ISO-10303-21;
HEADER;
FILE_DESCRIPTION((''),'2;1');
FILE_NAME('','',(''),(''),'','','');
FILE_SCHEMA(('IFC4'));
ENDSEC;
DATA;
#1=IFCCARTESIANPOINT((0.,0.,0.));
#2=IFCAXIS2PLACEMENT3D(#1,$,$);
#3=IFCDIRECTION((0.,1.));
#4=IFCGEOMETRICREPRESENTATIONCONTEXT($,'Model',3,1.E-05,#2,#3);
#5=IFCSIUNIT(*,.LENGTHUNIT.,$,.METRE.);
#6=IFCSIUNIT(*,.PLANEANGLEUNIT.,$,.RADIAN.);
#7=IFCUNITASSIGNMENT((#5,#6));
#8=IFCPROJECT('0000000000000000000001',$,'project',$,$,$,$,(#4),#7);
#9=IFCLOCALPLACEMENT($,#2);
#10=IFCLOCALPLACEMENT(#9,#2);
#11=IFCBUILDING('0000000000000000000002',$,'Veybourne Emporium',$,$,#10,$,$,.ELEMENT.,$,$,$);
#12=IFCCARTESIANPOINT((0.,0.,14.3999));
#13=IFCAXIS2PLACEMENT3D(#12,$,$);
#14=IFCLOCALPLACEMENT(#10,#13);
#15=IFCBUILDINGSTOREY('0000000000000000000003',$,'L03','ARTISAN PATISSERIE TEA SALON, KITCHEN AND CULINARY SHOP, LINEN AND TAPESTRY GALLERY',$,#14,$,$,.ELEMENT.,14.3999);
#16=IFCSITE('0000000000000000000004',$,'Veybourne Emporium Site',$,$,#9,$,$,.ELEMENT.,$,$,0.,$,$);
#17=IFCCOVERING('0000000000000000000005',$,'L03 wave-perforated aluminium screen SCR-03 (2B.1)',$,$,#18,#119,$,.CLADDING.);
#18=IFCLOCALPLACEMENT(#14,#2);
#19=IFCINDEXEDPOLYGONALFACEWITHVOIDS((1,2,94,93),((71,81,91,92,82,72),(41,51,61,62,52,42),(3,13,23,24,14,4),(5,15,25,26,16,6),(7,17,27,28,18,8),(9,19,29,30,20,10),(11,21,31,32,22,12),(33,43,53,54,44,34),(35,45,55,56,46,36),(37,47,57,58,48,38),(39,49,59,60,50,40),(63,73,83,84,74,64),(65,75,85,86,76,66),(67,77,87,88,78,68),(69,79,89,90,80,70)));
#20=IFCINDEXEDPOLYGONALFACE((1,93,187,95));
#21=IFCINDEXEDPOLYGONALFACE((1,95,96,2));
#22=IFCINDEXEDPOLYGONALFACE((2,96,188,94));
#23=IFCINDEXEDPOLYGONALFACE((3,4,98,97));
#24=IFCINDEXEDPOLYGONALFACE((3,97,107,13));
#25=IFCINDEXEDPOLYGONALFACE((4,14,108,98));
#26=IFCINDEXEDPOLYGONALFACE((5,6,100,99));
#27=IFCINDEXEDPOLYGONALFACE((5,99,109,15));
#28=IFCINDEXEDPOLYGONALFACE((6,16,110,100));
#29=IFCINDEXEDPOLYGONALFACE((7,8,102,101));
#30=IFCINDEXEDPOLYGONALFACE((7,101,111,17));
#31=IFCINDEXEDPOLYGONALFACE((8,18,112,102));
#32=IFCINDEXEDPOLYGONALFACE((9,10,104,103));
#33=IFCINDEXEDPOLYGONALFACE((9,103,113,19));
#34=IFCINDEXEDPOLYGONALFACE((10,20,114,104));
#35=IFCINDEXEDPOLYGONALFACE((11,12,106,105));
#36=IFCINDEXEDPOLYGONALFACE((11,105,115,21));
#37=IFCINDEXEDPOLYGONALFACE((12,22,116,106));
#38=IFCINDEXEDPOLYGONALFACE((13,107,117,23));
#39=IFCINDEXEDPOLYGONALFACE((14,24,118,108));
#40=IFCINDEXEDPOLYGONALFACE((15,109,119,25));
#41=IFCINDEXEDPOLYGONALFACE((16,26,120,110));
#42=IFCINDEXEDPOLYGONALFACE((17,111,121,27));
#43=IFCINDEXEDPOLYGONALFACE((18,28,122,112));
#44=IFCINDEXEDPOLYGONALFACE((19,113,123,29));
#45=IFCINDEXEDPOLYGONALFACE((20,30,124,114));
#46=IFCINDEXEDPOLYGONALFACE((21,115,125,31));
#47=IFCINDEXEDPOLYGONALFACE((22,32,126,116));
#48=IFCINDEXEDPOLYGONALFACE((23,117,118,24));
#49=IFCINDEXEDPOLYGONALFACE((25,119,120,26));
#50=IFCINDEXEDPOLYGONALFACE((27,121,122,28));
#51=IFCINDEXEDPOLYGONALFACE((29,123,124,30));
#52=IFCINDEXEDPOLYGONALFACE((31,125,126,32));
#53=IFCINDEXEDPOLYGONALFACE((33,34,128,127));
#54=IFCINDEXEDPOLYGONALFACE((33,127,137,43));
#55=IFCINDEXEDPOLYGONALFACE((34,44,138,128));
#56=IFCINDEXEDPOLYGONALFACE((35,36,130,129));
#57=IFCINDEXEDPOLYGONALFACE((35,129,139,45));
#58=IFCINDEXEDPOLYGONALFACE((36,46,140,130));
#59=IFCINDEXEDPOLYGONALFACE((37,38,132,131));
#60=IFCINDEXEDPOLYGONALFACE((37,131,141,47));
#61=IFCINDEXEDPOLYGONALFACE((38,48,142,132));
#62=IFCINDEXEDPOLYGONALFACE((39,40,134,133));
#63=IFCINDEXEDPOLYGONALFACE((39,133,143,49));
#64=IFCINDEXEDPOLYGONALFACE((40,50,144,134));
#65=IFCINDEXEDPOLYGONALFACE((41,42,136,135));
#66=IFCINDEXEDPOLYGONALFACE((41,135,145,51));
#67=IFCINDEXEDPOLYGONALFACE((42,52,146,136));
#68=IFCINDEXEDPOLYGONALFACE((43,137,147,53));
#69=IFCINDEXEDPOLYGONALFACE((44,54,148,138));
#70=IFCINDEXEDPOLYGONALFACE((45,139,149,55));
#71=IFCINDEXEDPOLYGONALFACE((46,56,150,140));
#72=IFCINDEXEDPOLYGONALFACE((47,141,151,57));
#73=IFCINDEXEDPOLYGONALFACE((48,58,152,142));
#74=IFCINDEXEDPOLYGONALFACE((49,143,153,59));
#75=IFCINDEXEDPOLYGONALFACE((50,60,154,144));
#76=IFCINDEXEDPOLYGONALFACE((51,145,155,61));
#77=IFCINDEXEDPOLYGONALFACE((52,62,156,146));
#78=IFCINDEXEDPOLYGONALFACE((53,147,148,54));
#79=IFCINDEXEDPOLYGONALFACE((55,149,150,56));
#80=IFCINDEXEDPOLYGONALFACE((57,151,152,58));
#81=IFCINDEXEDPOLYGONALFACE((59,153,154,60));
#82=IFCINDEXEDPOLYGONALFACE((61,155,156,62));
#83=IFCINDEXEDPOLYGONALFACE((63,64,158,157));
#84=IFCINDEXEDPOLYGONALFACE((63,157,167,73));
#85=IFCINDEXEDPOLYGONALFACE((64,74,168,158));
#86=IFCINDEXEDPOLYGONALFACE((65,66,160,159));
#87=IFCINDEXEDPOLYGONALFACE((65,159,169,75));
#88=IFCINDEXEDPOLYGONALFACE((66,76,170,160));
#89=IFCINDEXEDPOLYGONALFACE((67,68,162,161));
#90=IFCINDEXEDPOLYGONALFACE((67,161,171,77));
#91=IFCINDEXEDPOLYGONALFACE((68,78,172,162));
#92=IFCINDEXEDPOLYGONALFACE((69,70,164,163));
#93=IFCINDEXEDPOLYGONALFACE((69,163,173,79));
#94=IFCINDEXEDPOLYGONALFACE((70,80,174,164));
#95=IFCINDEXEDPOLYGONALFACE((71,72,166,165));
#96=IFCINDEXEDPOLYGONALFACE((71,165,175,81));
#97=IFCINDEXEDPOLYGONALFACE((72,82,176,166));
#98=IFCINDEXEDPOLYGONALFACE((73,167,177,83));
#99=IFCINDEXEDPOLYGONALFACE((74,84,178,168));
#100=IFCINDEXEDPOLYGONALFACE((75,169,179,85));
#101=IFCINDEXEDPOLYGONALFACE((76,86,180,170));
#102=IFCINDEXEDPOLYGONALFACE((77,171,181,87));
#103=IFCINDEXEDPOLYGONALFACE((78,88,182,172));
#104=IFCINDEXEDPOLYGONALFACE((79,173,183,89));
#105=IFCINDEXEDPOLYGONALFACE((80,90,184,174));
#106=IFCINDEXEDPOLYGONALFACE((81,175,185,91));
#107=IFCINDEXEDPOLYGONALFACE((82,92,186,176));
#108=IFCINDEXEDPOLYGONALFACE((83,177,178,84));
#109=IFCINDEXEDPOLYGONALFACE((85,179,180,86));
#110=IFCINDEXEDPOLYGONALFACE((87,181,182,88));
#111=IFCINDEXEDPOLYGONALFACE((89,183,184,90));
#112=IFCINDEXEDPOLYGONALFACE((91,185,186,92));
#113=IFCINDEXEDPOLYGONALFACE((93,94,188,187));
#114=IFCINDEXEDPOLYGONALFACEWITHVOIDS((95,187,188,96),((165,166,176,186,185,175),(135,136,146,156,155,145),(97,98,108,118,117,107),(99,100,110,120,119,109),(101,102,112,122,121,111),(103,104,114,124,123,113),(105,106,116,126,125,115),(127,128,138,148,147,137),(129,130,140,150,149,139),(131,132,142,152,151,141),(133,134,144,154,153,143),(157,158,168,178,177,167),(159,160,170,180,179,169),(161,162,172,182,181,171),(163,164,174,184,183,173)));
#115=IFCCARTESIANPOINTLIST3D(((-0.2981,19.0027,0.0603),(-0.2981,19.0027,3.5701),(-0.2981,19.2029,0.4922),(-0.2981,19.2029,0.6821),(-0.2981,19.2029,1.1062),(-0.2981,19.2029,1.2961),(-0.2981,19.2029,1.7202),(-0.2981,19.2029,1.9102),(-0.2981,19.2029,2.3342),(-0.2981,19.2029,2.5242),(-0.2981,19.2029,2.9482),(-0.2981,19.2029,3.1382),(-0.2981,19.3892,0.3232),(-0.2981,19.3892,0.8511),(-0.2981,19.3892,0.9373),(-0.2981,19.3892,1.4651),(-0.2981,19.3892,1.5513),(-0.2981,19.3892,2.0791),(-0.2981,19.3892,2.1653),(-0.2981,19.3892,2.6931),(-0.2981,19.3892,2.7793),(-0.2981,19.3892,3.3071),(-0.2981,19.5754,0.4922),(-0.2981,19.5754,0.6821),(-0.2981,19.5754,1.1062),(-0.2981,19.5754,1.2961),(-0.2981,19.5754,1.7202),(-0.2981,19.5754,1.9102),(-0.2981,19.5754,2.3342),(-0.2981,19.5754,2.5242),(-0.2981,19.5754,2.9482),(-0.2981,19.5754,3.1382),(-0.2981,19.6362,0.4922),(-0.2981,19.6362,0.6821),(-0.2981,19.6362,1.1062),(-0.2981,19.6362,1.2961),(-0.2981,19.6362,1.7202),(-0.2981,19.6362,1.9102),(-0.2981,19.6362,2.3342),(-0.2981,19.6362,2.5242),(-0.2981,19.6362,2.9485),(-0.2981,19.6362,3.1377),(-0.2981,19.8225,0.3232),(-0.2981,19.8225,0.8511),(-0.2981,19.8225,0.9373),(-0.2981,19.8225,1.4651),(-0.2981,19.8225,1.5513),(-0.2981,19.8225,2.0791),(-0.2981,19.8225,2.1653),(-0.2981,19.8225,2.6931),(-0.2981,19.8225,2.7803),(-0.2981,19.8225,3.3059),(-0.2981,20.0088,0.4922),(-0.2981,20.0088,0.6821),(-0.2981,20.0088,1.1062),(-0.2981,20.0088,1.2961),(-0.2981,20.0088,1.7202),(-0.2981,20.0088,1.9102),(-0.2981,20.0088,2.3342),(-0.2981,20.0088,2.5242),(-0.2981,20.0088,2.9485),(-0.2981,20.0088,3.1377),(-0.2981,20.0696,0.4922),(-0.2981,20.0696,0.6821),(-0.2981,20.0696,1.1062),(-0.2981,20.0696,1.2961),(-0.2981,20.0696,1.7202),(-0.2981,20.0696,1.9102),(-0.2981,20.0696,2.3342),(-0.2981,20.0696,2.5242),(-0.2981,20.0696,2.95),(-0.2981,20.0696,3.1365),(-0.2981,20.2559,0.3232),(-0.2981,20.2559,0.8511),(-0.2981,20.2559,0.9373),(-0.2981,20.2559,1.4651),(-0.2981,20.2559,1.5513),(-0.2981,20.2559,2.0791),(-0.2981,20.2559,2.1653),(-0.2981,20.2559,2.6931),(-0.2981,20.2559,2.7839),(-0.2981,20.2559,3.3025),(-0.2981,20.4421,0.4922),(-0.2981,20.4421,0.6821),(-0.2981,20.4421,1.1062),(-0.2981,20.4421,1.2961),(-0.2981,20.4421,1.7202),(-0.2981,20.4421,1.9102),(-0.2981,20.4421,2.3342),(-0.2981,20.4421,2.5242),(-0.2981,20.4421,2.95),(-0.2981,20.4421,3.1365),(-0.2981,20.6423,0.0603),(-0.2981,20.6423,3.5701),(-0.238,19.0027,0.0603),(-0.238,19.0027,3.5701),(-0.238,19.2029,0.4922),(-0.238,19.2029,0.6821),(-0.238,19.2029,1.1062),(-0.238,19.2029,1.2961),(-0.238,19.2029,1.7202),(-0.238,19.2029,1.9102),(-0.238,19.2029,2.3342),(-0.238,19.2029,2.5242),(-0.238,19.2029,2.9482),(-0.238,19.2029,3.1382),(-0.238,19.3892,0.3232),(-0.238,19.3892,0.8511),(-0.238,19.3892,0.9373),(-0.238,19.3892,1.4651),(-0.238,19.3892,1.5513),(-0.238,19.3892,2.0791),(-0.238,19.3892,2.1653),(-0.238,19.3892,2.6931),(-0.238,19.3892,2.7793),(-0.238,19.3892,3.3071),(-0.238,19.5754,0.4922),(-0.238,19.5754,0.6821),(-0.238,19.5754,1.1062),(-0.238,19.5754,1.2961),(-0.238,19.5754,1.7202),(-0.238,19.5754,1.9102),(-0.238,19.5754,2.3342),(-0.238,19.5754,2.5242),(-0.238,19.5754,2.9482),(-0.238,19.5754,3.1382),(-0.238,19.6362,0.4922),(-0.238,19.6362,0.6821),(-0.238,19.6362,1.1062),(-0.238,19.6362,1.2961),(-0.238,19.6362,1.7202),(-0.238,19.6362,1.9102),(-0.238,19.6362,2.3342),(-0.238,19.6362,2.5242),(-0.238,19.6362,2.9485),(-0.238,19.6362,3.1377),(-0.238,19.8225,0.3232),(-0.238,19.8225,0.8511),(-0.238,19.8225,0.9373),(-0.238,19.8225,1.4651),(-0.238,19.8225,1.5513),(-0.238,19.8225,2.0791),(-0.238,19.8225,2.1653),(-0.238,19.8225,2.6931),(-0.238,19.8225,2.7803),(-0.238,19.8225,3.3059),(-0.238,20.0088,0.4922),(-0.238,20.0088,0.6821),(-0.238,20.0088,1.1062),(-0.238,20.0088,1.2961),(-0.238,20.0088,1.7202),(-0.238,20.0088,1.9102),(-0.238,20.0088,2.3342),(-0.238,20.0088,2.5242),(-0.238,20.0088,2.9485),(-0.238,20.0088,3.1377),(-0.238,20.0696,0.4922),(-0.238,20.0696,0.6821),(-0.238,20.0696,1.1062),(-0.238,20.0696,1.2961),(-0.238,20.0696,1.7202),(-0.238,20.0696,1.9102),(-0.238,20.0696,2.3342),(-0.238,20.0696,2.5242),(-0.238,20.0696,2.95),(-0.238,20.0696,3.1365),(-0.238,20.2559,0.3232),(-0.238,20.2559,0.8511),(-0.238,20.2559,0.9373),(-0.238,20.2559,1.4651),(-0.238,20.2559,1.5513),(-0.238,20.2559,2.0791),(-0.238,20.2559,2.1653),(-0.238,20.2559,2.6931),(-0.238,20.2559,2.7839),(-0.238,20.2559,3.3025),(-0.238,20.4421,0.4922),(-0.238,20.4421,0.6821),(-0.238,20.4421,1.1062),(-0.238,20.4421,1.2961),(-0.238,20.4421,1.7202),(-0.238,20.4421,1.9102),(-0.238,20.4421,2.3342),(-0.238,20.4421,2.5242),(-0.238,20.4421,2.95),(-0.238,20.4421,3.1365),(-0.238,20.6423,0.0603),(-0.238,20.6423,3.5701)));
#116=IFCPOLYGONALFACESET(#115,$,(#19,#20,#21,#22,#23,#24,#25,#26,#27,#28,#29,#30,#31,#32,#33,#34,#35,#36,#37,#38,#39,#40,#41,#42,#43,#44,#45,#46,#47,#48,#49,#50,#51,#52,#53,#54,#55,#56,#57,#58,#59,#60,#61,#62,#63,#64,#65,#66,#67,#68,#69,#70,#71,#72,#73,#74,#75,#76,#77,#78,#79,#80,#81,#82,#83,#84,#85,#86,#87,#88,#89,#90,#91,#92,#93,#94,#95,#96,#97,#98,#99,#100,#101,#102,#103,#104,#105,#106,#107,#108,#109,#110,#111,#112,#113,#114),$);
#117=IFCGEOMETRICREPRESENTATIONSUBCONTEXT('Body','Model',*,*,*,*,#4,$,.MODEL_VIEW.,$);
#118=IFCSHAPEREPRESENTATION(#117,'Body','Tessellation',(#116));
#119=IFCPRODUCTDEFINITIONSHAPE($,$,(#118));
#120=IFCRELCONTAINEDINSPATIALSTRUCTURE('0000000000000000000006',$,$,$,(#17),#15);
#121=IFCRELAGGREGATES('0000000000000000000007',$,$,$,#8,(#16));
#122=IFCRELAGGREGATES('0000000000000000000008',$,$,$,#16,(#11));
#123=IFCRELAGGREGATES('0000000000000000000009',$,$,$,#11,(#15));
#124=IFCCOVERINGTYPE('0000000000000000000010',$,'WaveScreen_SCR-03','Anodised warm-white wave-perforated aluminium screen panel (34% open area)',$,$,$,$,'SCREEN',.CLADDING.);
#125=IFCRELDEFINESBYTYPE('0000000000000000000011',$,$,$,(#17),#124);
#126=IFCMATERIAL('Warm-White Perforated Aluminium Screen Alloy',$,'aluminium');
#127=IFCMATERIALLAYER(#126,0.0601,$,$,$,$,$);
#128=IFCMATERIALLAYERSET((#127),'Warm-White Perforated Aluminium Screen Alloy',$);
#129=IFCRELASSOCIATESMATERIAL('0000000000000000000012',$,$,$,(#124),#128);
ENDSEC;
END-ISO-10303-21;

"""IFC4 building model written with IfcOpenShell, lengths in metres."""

from ifc_helpers import new_model, si_unit, direction, frame, origin, place, context, subcontext, project, spatial, polyline, outline, extrude, material, layer, layer_set, type_object, element, save


model = new_model("IFC4")

# Units and contexts
model_context = context("Model", 3, precision=1e-05, world=origin(), true_north=direction((0.0, 1.0)))
body_context = subcontext(model_context, "Body", "Model", "MODEL_VIEW")
ifc_project = project(units=[si_unit("LENGTHUNIT", "METRE"), si_unit("PLANEANGLEUNIT", "RADIAN")], contexts=[model_context])

# Site, building, storey
site_placement = place(None, origin())
site = spatial("IfcSite", under=ifc_project, at=site_placement, Name="Veybourne Emporium Site", CompositionType="ELEMENT", RefElevation=0.0)
building_placement = place(site_placement, origin())
building = spatial("IfcBuilding", under=site, at=building_placement, Name="Veybourne Emporium", CompositionType="ELEMENT")
storey_placement = place(building_placement, frame((0.0, 0.0, 14.3999)))
storey = spatial("IfcBuildingStorey", under=building, at=storey_placement, Name="L03", Description="ARTISAN PATISSERIE TEA SALON, KITCHEN AND CULINARY SHOP, LINEN AND TAPESTRY GALLERY", CompositionType="ELEMENT", Elevation=14.3999)

# Covering
ifc_material_1 = material(Name="Warm-White Perforated Aluminium Screen Alloy", Category="aluminium")
ifc_layer_1 = layer(ifc_material_1, 0.0601)
ifc_layer_set_1 = layer_set([ifc_layer_1], Name="Warm-White Perforated Aluminium Screen Alloy")
covering_type = type_object("IfcCoveringType", Name="WaveScreen_SCR-03", Description="Anodised warm-white wave-perforated aluminium screen panel (34% open area)", ElementType="SCREEN", PredefinedType="CLADDING", material=ifc_layer_set_1)
covering_1_placement = place(storey_placement, frame((-0.2981, 19.8225, 1.8152), z_axis=(1.0, 0.0, 0.0), x_axis=(0.0, 1.0, 0.0)))
element("IfcCovering", 1, at=covering_1_placement, inside=storey, type_object=covering_type, Name="L03 wave-perforated aluminium screen SCR-03 (2B.1)", PredefinedType="CLADDING", context=body_context, shape_type="SweptSolid", body=[
    extrude(outline(polyline([(-0.8198, -1.7549), (0.8198, -1.7549), (0.8198, 1.7549), (-0.8198, 1.7549), (-0.8198, -1.7549)]), holes=[polyline([(-0.4333, -0.9641), (-0.2471, -1.1331), (-0.2471, -1.323), (-0.4333, -1.4919), (-0.6196, -1.323), (-0.6196, -1.1331), (-0.4333, -0.9641)]), polyline([(-0.4333, -0.3501), (-0.2471, -0.519), (-0.2471, -0.709), (-0.4333, -0.8779), (-0.6196, -0.709), (-0.6196, -0.519), (-0.4333, -0.3501)]), polyline([(-0.4333, 0.2639), (-0.2471, 0.095), (-0.2471, -0.095), (-0.4333, -0.2639), (-0.6196, -0.095), (-0.6196, 0.095), (-0.4333, 0.2639)]), polyline([(-0.4333, 0.8779), (-0.2471, 0.709), (-0.2471, 0.519), (-0.4333, 0.3501), (-0.6196, 0.519), (-0.6196, 0.709), (-0.4333, 0.8779)]), polyline([(-0.4333, 1.4919), (-0.2471, 1.323), (-0.2471, 1.1331), (-0.4333, 0.9641), (-0.6196, 1.1331), (-0.6196, 1.323), (-0.4333, 1.4919)]), polyline([(0.0, -0.9641), (0.1863, -1.1331), (0.1863, -1.323), (0.0, -1.4919), (-0.1863, -1.323), (-0.1863, -1.1331), (0.0, -0.9641)]), polyline([(0.0, -0.3501), (0.1863, -0.519), (0.1863, -0.709), (0.0, -0.8779), (-0.1863, -0.709), (-0.1863, -0.519), (0.0, -0.3501)]), polyline([(0.0, 0.2639), (0.1863, 0.095), (0.1863, -0.095), (0.0, -0.2639), (-0.1863, -0.095), (-0.1863, 0.095), (0.0, 0.2639)]), polyline([(0.0, 0.8779), (0.1863, 0.709), (0.1863, 0.519), (0.0, 0.3501), (-0.1863, 0.519), (-0.1863, 0.709), (0.0, 0.8779)]), polyline([(0.0, 1.4907), (0.1863, 1.3225), (0.1863, 1.1333), (0.0, 0.9651), (-0.1863, 1.1333), (-0.1863, 1.3225), (0.0, 1.4907)]), polyline([(0.4333, -0.9641), (0.6196, -1.1331), (0.6196, -1.323), (0.4333, -1.4919), (0.2471, -1.323), (0.2471, -1.1331), (0.4333, -0.9641)]), polyline([(0.4333, -0.3501), (0.6196, -0.519), (0.6196, -0.709), (0.4333, -0.8779), (0.2471, -0.709), (0.2471, -0.519), (0.4333, -0.3501)]), polyline([(0.4333, 0.2639), (0.6196, 0.095), (0.6196, -0.095), (0.4333, -0.2639), (0.2471, -0.095), (0.2471, 0.095), (0.4333, 0.2639)]), polyline([(0.4333, 0.8779), (0.6196, 0.709), (0.6196, 0.519), (0.4333, 0.3501), (0.2471, 0.519), (0.2471, 0.709), (0.4333, 0.8779)]), polyline([(0.4333, 1.4873), (0.6196, 1.3213), (0.6196, 1.1348), (0.4333, 0.9688), (0.2471, 1.1348), (0.2471, 1.3213), (0.4333, 1.4873)])]), origin(), (0.0, 0.0, 1.0), 0.0601),
])

save(model, "model.ifc")
